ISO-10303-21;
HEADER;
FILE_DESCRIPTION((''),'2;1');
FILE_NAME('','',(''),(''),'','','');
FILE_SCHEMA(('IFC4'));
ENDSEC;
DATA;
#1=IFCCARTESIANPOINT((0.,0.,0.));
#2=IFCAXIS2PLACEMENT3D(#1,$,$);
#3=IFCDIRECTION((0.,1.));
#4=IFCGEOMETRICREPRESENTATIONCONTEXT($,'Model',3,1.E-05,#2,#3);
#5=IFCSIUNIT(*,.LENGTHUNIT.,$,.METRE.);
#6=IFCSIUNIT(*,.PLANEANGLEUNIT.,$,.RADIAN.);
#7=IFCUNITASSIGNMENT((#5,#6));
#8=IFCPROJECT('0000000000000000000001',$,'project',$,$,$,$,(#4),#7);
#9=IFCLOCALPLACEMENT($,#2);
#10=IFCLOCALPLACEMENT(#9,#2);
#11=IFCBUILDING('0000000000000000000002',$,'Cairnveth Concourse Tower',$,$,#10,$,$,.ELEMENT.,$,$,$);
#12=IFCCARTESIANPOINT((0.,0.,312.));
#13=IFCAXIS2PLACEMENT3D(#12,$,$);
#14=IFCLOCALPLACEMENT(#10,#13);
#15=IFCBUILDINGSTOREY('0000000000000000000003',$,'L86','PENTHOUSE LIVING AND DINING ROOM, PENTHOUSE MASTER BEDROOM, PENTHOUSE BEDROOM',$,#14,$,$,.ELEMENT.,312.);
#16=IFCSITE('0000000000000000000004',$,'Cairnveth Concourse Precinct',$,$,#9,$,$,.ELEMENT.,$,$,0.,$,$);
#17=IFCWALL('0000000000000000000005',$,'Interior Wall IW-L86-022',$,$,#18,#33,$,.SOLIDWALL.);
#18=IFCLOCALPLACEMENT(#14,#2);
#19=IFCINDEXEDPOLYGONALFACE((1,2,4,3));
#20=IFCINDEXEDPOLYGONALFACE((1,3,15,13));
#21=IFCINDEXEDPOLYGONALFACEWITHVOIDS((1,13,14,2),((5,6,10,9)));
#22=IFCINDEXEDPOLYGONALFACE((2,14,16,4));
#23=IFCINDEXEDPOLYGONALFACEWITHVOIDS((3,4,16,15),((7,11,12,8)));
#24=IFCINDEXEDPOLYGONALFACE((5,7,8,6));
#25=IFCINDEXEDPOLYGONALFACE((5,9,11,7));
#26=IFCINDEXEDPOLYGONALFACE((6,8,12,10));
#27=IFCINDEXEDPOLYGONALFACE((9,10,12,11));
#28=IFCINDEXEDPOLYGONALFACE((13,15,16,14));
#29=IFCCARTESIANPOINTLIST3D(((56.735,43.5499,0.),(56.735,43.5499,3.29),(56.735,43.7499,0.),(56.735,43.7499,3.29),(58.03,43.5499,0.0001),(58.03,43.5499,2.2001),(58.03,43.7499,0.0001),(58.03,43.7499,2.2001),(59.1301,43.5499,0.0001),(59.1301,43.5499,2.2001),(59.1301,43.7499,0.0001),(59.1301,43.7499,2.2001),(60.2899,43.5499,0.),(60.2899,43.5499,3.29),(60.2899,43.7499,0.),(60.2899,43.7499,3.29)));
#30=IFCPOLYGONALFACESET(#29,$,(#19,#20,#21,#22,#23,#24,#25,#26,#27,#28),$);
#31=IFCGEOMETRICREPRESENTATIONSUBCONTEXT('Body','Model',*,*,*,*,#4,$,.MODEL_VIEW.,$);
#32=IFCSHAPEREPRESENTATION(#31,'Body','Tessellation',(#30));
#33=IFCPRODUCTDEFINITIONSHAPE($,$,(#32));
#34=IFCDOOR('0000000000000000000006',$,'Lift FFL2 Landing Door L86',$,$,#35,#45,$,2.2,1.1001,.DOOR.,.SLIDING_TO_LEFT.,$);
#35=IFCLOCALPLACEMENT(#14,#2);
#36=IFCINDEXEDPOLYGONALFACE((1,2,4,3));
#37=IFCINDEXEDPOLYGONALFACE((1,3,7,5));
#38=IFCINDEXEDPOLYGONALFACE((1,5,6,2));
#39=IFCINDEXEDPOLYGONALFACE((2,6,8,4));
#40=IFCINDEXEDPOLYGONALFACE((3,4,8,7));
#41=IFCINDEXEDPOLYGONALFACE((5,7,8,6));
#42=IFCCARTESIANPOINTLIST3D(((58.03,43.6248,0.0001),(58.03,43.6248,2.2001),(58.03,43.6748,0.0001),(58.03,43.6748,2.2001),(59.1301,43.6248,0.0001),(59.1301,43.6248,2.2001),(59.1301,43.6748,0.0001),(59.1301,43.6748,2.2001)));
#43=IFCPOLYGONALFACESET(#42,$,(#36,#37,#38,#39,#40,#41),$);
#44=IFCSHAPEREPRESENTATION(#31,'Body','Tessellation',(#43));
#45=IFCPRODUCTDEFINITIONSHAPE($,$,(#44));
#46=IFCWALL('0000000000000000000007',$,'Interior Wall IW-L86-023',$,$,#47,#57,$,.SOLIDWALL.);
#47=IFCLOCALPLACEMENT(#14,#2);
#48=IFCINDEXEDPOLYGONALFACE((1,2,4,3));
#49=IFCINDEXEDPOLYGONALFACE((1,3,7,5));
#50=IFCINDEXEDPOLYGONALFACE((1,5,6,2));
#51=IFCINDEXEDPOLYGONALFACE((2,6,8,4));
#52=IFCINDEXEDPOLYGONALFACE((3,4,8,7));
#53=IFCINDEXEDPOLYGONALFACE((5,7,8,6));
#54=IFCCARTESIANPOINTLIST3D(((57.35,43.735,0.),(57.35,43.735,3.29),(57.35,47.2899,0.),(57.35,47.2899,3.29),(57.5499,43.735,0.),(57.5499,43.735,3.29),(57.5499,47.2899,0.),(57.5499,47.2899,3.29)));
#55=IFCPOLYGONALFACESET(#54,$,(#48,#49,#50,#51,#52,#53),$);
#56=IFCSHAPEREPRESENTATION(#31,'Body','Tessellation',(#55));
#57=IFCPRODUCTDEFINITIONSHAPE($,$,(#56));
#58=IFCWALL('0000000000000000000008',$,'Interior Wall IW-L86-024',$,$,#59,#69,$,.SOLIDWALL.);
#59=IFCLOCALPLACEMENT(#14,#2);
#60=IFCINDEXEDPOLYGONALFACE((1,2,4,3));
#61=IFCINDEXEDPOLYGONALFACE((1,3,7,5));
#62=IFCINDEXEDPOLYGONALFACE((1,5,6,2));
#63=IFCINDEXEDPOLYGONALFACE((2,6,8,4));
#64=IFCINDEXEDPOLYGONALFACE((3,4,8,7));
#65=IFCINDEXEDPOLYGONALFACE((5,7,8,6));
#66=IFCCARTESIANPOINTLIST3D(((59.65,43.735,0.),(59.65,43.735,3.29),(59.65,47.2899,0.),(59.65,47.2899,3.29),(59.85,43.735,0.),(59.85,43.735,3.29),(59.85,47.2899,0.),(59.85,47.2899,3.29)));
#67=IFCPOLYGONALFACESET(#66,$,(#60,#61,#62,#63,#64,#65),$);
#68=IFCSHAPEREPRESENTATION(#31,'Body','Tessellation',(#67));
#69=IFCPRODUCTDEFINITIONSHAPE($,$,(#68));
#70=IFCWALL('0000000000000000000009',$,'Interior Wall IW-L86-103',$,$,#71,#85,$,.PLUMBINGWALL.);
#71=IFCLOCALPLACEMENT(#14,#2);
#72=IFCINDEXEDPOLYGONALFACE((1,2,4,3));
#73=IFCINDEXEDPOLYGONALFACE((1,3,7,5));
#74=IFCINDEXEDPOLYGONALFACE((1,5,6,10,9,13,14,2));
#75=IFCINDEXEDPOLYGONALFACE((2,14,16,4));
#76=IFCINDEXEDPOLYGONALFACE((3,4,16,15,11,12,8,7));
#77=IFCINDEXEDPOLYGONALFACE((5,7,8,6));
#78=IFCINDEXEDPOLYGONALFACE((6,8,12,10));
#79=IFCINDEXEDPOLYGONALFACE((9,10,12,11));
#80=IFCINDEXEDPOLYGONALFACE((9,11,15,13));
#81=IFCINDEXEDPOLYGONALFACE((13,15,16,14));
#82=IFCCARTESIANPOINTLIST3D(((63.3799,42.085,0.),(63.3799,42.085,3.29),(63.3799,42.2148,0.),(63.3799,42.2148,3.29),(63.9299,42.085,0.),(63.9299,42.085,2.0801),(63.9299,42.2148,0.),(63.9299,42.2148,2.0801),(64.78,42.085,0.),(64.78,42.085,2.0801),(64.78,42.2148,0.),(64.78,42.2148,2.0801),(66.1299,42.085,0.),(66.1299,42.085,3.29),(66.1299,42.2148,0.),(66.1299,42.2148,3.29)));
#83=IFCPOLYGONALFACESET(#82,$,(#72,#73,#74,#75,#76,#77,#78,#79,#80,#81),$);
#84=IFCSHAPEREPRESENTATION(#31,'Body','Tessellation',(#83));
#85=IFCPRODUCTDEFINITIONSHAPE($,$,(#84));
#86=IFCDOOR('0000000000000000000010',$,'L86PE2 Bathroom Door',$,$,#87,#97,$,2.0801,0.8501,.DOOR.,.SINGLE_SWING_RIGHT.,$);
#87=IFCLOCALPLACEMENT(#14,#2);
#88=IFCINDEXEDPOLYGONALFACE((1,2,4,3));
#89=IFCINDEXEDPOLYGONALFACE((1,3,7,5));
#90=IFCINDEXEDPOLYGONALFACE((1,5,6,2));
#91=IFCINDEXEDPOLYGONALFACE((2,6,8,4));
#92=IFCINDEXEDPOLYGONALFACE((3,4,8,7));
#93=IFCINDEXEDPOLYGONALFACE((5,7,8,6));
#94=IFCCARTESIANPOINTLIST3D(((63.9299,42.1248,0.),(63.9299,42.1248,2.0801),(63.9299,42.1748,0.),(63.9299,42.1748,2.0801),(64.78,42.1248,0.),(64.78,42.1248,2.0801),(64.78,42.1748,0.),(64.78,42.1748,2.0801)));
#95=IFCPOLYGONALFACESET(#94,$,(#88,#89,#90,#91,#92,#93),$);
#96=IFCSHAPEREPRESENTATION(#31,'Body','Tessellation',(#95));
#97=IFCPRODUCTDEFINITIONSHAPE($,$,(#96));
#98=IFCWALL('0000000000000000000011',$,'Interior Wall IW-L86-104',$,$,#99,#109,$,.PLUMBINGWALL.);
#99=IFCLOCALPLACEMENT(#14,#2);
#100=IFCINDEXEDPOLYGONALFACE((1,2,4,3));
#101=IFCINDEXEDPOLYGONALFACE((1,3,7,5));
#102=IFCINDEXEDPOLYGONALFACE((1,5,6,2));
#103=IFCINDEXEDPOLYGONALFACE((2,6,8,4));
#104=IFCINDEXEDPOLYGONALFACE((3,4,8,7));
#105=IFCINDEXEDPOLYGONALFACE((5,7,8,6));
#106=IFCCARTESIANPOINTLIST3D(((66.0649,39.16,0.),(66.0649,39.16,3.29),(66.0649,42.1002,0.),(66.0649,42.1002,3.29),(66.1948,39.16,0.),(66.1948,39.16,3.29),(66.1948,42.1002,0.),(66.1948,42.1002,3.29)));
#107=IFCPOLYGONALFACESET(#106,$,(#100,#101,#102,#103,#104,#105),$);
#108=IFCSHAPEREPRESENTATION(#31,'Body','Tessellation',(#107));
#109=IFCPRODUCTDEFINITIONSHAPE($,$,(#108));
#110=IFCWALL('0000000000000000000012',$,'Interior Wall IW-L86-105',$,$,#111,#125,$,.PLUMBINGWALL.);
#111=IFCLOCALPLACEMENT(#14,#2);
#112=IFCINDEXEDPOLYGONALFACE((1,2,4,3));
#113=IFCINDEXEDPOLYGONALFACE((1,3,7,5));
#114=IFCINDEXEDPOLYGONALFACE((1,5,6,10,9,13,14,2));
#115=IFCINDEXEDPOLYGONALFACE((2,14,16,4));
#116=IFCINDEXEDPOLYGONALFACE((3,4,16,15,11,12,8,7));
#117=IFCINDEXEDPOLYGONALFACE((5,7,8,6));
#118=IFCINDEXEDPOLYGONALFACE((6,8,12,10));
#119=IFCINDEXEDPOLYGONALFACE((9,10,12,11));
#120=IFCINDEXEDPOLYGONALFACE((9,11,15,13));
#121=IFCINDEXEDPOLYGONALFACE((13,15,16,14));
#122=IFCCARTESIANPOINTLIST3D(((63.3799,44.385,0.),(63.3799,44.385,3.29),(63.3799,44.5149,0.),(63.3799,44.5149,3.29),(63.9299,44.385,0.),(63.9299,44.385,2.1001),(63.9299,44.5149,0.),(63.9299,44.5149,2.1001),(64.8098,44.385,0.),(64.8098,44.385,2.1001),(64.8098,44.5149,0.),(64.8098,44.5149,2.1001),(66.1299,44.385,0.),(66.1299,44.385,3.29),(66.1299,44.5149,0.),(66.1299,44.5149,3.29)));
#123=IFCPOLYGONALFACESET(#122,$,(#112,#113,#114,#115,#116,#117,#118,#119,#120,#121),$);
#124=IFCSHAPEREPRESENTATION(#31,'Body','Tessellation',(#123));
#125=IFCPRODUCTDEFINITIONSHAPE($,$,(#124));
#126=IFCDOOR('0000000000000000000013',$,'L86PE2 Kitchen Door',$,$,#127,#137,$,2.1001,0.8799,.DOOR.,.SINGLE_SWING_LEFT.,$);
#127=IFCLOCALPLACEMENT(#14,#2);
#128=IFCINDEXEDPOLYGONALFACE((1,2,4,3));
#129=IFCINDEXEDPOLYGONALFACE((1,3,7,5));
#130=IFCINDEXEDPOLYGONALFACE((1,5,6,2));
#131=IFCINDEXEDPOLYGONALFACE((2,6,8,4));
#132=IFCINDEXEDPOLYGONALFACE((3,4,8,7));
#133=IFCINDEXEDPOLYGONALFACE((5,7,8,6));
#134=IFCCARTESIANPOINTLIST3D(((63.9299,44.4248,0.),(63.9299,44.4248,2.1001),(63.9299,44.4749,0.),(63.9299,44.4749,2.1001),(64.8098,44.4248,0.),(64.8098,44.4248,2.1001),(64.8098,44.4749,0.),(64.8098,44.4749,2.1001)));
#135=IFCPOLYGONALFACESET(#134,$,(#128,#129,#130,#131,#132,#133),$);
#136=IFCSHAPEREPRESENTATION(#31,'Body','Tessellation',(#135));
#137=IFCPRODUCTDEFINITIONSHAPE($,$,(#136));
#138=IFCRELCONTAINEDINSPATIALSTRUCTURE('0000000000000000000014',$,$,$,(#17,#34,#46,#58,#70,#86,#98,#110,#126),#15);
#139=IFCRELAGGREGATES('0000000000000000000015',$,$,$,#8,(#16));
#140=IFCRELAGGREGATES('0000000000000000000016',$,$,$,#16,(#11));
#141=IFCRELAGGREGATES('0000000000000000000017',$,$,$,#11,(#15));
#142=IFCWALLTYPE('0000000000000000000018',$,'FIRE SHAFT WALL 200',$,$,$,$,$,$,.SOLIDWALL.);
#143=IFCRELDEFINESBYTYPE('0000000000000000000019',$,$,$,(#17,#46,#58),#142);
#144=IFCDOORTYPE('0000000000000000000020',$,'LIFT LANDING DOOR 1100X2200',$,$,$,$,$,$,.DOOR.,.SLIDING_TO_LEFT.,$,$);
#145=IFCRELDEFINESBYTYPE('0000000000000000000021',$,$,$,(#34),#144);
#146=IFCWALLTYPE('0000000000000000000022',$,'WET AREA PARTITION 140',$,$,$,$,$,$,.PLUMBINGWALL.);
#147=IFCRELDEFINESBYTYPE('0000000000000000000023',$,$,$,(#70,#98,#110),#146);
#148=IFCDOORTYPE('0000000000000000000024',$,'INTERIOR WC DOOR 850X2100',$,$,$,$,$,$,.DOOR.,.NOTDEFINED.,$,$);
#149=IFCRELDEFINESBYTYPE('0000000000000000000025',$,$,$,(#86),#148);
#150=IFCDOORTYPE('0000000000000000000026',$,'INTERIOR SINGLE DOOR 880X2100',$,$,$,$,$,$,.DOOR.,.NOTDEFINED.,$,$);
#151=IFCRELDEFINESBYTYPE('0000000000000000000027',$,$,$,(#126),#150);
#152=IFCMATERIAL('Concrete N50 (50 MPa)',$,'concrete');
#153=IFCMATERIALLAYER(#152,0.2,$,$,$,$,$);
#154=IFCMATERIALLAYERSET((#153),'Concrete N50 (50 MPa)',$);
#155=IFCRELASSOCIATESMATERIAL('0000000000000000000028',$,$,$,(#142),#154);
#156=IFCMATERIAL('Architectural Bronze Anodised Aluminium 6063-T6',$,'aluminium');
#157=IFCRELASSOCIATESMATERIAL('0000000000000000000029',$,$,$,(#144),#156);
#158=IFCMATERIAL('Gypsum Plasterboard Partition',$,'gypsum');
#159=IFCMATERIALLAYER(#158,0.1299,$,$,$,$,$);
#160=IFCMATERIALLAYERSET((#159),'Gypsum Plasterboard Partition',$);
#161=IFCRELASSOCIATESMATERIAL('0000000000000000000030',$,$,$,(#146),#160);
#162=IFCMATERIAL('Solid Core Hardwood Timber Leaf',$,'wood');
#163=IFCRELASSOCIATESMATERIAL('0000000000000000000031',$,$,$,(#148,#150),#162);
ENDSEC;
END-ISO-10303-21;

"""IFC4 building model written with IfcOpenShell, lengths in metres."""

from ifc_helpers import new_model, si_unit, direction, frame, frame_2d, origin, place, context, subcontext, project, spatial, rectangle, extrude, material, layer, layer_set, type_object, element, fill, save


model = new_model("IFC4")

# Units and contexts
model_context = context("Model", 3, precision=1e-05, world=origin(), true_north=direction((0.0, 1.0)))
body_context = subcontext(model_context, "Body", "Model", "MODEL_VIEW")
ifc_project = project(units=[si_unit("LENGTHUNIT", "METRE"), si_unit("PLANEANGLEUNIT", "RADIAN")], contexts=[model_context])

# Site, building, storey
site_placement = place(None, origin())
site = spatial("IfcSite", under=ifc_project, at=site_placement, Name="Cairnveth Concourse Precinct", CompositionType="ELEMENT", RefElevation=0.0)
building_placement = place(site_placement, origin())
building = spatial("IfcBuilding", under=site, at=building_placement, Name="Cairnveth Concourse Tower", CompositionType="ELEMENT")
storey_placement = place(building_placement, frame((0.0, 0.0, 312.0)))
storey = spatial("IfcBuildingStorey", under=building, at=storey_placement, Name="L86", Description="PENTHOUSE LIVING AND DINING ROOM, PENTHOUSE MASTER BEDROOM, PENTHOUSE BEDROOM", CompositionType="ELEMENT", Elevation=312.0)

# Shared definitions
ifc_material_1 = material(Name="Gypsum Plasterboard Partition", Category="gypsum")
ifc_material_2 = material(Name="Concrete N50 (50 MPa)", Category="concrete")
ifc_layer_1 = layer(ifc_material_2, 0.2)
ifc_layer_set_1 = layer_set([ifc_layer_1], Name="Concrete N50 (50 MPa)")
wall_type_1 = type_object("IfcWallType", Name="FIRE SHAFT WALL 200", PredefinedType="SOLIDWALL", material=ifc_layer_set_1)

# Shared definitions
ifc_material_3 = material(Name="Architectural Bronze Anodised Aluminium 6063-T6", Category="aluminium")
door_type_1 = type_object("IfcDoorType", Name="LIFT LANDING DOOR 1100X2200", OperationType="SLIDING_TO_LEFT", PredefinedType="DOOR", material=ifc_material_3)

# Wall, opening, door
wall_1_placement = place(storey_placement, frame((56.7351, 43.6499, 0.0), z_axis=(0.0, 0.0, 1.0), x_axis=(1.0, 0.0, 0.0)))
wall_1 = element("IfcWall", 1, at=wall_1_placement, inside=storey, type_object=wall_type_1, Name="Interior Wall IW-L86-022", PredefinedType="SOLIDWALL", context=body_context, shape_type="SweptSolid", body=[
    extrude(rectangle(XDim=3.5549, YDim=0.2, at=frame_2d((1.7773, 0.0))), origin(), (0.0, 0.0, 1.0), 3.29),
])
opening_1_placement = place(wall_1_placement, frame((1.2949, 0.0, 0.0)))
opening_1 = element("IfcOpeningElement", 2, at=opening_1_placement, cuts=wall_1, PredefinedType="OPENING", context=body_context, shape_type="SweptSolid", body=[
    extrude(rectangle(XDim=1.1001, YDim=2.2, at=frame_2d((0.55, 1.1001))), frame((0.0, 0.1099, 0.0), z_axis=(0.0, -1.0, 0.0), x_axis=(1.0, 0.0, 0.0)), (0.0, 0.0, 1.0), 0.22),
])
door_1_placement = place(opening_1_placement, origin())
door_1 = element("IfcDoor", 3, at=door_1_placement, inside=storey, type_object=door_type_1, Name="Lift FFL2 Landing Door L86", OperationType="SLIDING_TO_LEFT", OverallHeight=2.2, OverallWidth=1.1001, PredefinedType="DOOR", context=body_context, shape_type="SweptSolid", body=[
    extrude(rectangle(XDim=1.1001, YDim=2.2, at=frame_2d((0.55, 1.1001))), frame((0.0, 0.0249, 0.0), z_axis=(0.0, -1.0, 0.0), x_axis=(1.0, 0.0, 0.0)), (0.0, 0.0, 1.0), 0.05),
])
fill(opening_1, door_1)

# Walls
for number, where, z_axis, x_axis, name in (
    (4, (57.45, 43.7351, 0.0), (0.0, 0.0, 1.0), (0.0, 1.0, 0.0), "Interior Wall IW-L86-023"),
    (5, (59.75, 43.7351, 0.0), (0.0, 0.0, 1.0), (0.0, 1.0, 0.0), "Interior Wall IW-L86-024"),
):
    element("IfcWall", number, at=place(storey_placement, frame(where, z_axis=z_axis, x_axis=x_axis)), inside=storey, type_object=wall_type_1, Name=name, PredefinedType="SOLIDWALL", context=body_context, shape_type="SweptSolid", body=[
        extrude(rectangle(XDim=3.5549, YDim=0.2, at=frame_2d((1.7773, 0.0))), origin(), (0.0, 0.0, 1.0), 3.29),
    ])

# Wall, opening, door
ifc_layer_2 = layer(ifc_material_1, 0.1299)
ifc_layer_set_2 = layer_set([ifc_layer_2], Name="Gypsum Plasterboard Partition")
wall_type_2 = type_object("IfcWallType", Name="WET AREA PARTITION 140", PredefinedType="PLUMBINGWALL", material=ifc_layer_set_2)
wall_2_placement = place(storey_placement, frame((63.3799, 42.1499, 0.0), z_axis=(0.0, 0.0, 1.0), x_axis=(1.0, 0.0, 0.0)))
wall_2 = element("IfcWall", 6, at=wall_2_placement, inside=storey, type_object=wall_type_2, Name="Interior Wall IW-L86-103", PredefinedType="PLUMBINGWALL", context=body_context, shape_type="SweptSolid", body=[
    extrude(rectangle(XDim=2.75, YDim=0.1299, at=frame_2d((1.375, 0.0))), origin(), (0.0, 0.0, 1.0), 3.29),
])
opening_2_placement = place(wall_2_placement, frame((0.55, 0.0, 0.0)))
opening_2 = element("IfcOpeningElement", 7, at=opening_2_placement, cuts=wall_2, PredefinedType="OPENING", context=body_context, shape_type="SweptSolid", body=[
    extrude(rectangle(XDim=0.8501, YDim=2.0801, at=frame_2d((0.425, 1.04))), frame((0.0, 0.075, 0.0), z_axis=(0.0, -1.0, 0.0), x_axis=(1.0, 0.0, 0.0)), (0.0, 0.0, 1.0), 0.1499),
])
ifc_material_4 = material(Name="Solid Core Hardwood Timber Leaf", Category="wood")
door_type_2 = type_object("IfcDoorType", Name="INTERIOR WC DOOR 850X2100", OperationType="NOTDEFINED", PredefinedType="DOOR", material=ifc_material_4)
door_2_placement = place(opening_2_placement, origin())
door_2 = element("IfcDoor", 8, at=door_2_placement, inside=storey, type_object=door_type_2, Name="L86PE2 Bathroom Door", OperationType="SINGLE_SWING_RIGHT", OverallHeight=2.0801, OverallWidth=0.8501, PredefinedType="DOOR", context=body_context, shape_type="SweptSolid", body=[
    extrude(rectangle(XDim=0.8501, YDim=2.0801, at=frame_2d((0.425, 1.04))), frame((0.0, 0.0249, 0.0), z_axis=(0.0, -1.0, 0.0), x_axis=(1.0, 0.0, 0.0)), (0.0, 0.0, 1.0), 0.05),
])
fill(opening_2, door_2)

# Wall
wall_3_placement = place(storey_placement, frame((66.1299, 39.1599, 0.0), z_axis=(0.0, 0.0, 1.0), x_axis=(0.0, 1.0, 0.0)))
element("IfcWall", 9, at=wall_3_placement, inside=storey, type_object=wall_type_2, Name="Interior Wall IW-L86-104", PredefinedType="PLUMBINGWALL", context=body_context, shape_type="SweptSolid", body=[
    extrude(rectangle(XDim=2.9402, YDim=0.1299, at=frame_2d((1.4702, 0.0))), origin(), (0.0, 0.0, 1.0), 3.29),
])

# Wall, opening, door
wall_4_placement = place(storey_placement, frame((63.3799, 44.45, 0.0), z_axis=(0.0, 0.0, 1.0), x_axis=(1.0, 0.0, 0.0)))
wall_4 = element("IfcWall", 10, at=wall_4_placement, inside=storey, type_object=wall_type_2, Name="Interior Wall IW-L86-105", PredefinedType="PLUMBINGWALL", context=body_context, shape_type="SweptSolid", body=[
    extrude(rectangle(XDim=2.75, YDim=0.1299, at=frame_2d((1.375, 0.0))), origin(), (0.0, 0.0, 1.0), 3.29),
])
opening_3_placement = place(wall_4_placement, frame((0.55, 0.0, 0.0)))
opening_3 = element("IfcOpeningElement", 11, at=opening_3_placement, cuts=wall_4, PredefinedType="OPENING", context=body_context, shape_type="SweptSolid", body=[
    extrude(rectangle(XDim=0.8799, YDim=2.1001, at=frame_2d((0.4399, 1.05))), frame((0.0, 0.075, 0.0), z_axis=(0.0, -1.0, 0.0), x_axis=(1.0, 0.0, 0.0)), (0.0, 0.0, 1.0), 0.1499),
])
door_type_3 = type_object("IfcDoorType", Name="INTERIOR SINGLE DOOR 880X2100", OperationType="NOTDEFINED", PredefinedType="DOOR", material=ifc_material_4)
door_3_placement = place(opening_3_placement, origin())
door_3 = element("IfcDoor", 12, at=door_3_placement, inside=storey, type_object=door_type_3, Name="L86PE2 Kitchen Door", OperationType="SINGLE_SWING_LEFT", OverallHeight=2.1001, OverallWidth=0.8799, PredefinedType="DOOR", context=body_context, shape_type="SweptSolid", body=[
    extrude(rectangle(XDim=0.8799, YDim=2.1001, at=frame_2d((0.4399, 1.05))), frame((0.0, 0.0249, 0.0), z_axis=(0.0, -1.0, 0.0), x_axis=(1.0, 0.0, 0.0)), (0.0, 0.0, 1.0), 0.05),
])
fill(opening_3, door_3)

save(model, "model.ifc")
